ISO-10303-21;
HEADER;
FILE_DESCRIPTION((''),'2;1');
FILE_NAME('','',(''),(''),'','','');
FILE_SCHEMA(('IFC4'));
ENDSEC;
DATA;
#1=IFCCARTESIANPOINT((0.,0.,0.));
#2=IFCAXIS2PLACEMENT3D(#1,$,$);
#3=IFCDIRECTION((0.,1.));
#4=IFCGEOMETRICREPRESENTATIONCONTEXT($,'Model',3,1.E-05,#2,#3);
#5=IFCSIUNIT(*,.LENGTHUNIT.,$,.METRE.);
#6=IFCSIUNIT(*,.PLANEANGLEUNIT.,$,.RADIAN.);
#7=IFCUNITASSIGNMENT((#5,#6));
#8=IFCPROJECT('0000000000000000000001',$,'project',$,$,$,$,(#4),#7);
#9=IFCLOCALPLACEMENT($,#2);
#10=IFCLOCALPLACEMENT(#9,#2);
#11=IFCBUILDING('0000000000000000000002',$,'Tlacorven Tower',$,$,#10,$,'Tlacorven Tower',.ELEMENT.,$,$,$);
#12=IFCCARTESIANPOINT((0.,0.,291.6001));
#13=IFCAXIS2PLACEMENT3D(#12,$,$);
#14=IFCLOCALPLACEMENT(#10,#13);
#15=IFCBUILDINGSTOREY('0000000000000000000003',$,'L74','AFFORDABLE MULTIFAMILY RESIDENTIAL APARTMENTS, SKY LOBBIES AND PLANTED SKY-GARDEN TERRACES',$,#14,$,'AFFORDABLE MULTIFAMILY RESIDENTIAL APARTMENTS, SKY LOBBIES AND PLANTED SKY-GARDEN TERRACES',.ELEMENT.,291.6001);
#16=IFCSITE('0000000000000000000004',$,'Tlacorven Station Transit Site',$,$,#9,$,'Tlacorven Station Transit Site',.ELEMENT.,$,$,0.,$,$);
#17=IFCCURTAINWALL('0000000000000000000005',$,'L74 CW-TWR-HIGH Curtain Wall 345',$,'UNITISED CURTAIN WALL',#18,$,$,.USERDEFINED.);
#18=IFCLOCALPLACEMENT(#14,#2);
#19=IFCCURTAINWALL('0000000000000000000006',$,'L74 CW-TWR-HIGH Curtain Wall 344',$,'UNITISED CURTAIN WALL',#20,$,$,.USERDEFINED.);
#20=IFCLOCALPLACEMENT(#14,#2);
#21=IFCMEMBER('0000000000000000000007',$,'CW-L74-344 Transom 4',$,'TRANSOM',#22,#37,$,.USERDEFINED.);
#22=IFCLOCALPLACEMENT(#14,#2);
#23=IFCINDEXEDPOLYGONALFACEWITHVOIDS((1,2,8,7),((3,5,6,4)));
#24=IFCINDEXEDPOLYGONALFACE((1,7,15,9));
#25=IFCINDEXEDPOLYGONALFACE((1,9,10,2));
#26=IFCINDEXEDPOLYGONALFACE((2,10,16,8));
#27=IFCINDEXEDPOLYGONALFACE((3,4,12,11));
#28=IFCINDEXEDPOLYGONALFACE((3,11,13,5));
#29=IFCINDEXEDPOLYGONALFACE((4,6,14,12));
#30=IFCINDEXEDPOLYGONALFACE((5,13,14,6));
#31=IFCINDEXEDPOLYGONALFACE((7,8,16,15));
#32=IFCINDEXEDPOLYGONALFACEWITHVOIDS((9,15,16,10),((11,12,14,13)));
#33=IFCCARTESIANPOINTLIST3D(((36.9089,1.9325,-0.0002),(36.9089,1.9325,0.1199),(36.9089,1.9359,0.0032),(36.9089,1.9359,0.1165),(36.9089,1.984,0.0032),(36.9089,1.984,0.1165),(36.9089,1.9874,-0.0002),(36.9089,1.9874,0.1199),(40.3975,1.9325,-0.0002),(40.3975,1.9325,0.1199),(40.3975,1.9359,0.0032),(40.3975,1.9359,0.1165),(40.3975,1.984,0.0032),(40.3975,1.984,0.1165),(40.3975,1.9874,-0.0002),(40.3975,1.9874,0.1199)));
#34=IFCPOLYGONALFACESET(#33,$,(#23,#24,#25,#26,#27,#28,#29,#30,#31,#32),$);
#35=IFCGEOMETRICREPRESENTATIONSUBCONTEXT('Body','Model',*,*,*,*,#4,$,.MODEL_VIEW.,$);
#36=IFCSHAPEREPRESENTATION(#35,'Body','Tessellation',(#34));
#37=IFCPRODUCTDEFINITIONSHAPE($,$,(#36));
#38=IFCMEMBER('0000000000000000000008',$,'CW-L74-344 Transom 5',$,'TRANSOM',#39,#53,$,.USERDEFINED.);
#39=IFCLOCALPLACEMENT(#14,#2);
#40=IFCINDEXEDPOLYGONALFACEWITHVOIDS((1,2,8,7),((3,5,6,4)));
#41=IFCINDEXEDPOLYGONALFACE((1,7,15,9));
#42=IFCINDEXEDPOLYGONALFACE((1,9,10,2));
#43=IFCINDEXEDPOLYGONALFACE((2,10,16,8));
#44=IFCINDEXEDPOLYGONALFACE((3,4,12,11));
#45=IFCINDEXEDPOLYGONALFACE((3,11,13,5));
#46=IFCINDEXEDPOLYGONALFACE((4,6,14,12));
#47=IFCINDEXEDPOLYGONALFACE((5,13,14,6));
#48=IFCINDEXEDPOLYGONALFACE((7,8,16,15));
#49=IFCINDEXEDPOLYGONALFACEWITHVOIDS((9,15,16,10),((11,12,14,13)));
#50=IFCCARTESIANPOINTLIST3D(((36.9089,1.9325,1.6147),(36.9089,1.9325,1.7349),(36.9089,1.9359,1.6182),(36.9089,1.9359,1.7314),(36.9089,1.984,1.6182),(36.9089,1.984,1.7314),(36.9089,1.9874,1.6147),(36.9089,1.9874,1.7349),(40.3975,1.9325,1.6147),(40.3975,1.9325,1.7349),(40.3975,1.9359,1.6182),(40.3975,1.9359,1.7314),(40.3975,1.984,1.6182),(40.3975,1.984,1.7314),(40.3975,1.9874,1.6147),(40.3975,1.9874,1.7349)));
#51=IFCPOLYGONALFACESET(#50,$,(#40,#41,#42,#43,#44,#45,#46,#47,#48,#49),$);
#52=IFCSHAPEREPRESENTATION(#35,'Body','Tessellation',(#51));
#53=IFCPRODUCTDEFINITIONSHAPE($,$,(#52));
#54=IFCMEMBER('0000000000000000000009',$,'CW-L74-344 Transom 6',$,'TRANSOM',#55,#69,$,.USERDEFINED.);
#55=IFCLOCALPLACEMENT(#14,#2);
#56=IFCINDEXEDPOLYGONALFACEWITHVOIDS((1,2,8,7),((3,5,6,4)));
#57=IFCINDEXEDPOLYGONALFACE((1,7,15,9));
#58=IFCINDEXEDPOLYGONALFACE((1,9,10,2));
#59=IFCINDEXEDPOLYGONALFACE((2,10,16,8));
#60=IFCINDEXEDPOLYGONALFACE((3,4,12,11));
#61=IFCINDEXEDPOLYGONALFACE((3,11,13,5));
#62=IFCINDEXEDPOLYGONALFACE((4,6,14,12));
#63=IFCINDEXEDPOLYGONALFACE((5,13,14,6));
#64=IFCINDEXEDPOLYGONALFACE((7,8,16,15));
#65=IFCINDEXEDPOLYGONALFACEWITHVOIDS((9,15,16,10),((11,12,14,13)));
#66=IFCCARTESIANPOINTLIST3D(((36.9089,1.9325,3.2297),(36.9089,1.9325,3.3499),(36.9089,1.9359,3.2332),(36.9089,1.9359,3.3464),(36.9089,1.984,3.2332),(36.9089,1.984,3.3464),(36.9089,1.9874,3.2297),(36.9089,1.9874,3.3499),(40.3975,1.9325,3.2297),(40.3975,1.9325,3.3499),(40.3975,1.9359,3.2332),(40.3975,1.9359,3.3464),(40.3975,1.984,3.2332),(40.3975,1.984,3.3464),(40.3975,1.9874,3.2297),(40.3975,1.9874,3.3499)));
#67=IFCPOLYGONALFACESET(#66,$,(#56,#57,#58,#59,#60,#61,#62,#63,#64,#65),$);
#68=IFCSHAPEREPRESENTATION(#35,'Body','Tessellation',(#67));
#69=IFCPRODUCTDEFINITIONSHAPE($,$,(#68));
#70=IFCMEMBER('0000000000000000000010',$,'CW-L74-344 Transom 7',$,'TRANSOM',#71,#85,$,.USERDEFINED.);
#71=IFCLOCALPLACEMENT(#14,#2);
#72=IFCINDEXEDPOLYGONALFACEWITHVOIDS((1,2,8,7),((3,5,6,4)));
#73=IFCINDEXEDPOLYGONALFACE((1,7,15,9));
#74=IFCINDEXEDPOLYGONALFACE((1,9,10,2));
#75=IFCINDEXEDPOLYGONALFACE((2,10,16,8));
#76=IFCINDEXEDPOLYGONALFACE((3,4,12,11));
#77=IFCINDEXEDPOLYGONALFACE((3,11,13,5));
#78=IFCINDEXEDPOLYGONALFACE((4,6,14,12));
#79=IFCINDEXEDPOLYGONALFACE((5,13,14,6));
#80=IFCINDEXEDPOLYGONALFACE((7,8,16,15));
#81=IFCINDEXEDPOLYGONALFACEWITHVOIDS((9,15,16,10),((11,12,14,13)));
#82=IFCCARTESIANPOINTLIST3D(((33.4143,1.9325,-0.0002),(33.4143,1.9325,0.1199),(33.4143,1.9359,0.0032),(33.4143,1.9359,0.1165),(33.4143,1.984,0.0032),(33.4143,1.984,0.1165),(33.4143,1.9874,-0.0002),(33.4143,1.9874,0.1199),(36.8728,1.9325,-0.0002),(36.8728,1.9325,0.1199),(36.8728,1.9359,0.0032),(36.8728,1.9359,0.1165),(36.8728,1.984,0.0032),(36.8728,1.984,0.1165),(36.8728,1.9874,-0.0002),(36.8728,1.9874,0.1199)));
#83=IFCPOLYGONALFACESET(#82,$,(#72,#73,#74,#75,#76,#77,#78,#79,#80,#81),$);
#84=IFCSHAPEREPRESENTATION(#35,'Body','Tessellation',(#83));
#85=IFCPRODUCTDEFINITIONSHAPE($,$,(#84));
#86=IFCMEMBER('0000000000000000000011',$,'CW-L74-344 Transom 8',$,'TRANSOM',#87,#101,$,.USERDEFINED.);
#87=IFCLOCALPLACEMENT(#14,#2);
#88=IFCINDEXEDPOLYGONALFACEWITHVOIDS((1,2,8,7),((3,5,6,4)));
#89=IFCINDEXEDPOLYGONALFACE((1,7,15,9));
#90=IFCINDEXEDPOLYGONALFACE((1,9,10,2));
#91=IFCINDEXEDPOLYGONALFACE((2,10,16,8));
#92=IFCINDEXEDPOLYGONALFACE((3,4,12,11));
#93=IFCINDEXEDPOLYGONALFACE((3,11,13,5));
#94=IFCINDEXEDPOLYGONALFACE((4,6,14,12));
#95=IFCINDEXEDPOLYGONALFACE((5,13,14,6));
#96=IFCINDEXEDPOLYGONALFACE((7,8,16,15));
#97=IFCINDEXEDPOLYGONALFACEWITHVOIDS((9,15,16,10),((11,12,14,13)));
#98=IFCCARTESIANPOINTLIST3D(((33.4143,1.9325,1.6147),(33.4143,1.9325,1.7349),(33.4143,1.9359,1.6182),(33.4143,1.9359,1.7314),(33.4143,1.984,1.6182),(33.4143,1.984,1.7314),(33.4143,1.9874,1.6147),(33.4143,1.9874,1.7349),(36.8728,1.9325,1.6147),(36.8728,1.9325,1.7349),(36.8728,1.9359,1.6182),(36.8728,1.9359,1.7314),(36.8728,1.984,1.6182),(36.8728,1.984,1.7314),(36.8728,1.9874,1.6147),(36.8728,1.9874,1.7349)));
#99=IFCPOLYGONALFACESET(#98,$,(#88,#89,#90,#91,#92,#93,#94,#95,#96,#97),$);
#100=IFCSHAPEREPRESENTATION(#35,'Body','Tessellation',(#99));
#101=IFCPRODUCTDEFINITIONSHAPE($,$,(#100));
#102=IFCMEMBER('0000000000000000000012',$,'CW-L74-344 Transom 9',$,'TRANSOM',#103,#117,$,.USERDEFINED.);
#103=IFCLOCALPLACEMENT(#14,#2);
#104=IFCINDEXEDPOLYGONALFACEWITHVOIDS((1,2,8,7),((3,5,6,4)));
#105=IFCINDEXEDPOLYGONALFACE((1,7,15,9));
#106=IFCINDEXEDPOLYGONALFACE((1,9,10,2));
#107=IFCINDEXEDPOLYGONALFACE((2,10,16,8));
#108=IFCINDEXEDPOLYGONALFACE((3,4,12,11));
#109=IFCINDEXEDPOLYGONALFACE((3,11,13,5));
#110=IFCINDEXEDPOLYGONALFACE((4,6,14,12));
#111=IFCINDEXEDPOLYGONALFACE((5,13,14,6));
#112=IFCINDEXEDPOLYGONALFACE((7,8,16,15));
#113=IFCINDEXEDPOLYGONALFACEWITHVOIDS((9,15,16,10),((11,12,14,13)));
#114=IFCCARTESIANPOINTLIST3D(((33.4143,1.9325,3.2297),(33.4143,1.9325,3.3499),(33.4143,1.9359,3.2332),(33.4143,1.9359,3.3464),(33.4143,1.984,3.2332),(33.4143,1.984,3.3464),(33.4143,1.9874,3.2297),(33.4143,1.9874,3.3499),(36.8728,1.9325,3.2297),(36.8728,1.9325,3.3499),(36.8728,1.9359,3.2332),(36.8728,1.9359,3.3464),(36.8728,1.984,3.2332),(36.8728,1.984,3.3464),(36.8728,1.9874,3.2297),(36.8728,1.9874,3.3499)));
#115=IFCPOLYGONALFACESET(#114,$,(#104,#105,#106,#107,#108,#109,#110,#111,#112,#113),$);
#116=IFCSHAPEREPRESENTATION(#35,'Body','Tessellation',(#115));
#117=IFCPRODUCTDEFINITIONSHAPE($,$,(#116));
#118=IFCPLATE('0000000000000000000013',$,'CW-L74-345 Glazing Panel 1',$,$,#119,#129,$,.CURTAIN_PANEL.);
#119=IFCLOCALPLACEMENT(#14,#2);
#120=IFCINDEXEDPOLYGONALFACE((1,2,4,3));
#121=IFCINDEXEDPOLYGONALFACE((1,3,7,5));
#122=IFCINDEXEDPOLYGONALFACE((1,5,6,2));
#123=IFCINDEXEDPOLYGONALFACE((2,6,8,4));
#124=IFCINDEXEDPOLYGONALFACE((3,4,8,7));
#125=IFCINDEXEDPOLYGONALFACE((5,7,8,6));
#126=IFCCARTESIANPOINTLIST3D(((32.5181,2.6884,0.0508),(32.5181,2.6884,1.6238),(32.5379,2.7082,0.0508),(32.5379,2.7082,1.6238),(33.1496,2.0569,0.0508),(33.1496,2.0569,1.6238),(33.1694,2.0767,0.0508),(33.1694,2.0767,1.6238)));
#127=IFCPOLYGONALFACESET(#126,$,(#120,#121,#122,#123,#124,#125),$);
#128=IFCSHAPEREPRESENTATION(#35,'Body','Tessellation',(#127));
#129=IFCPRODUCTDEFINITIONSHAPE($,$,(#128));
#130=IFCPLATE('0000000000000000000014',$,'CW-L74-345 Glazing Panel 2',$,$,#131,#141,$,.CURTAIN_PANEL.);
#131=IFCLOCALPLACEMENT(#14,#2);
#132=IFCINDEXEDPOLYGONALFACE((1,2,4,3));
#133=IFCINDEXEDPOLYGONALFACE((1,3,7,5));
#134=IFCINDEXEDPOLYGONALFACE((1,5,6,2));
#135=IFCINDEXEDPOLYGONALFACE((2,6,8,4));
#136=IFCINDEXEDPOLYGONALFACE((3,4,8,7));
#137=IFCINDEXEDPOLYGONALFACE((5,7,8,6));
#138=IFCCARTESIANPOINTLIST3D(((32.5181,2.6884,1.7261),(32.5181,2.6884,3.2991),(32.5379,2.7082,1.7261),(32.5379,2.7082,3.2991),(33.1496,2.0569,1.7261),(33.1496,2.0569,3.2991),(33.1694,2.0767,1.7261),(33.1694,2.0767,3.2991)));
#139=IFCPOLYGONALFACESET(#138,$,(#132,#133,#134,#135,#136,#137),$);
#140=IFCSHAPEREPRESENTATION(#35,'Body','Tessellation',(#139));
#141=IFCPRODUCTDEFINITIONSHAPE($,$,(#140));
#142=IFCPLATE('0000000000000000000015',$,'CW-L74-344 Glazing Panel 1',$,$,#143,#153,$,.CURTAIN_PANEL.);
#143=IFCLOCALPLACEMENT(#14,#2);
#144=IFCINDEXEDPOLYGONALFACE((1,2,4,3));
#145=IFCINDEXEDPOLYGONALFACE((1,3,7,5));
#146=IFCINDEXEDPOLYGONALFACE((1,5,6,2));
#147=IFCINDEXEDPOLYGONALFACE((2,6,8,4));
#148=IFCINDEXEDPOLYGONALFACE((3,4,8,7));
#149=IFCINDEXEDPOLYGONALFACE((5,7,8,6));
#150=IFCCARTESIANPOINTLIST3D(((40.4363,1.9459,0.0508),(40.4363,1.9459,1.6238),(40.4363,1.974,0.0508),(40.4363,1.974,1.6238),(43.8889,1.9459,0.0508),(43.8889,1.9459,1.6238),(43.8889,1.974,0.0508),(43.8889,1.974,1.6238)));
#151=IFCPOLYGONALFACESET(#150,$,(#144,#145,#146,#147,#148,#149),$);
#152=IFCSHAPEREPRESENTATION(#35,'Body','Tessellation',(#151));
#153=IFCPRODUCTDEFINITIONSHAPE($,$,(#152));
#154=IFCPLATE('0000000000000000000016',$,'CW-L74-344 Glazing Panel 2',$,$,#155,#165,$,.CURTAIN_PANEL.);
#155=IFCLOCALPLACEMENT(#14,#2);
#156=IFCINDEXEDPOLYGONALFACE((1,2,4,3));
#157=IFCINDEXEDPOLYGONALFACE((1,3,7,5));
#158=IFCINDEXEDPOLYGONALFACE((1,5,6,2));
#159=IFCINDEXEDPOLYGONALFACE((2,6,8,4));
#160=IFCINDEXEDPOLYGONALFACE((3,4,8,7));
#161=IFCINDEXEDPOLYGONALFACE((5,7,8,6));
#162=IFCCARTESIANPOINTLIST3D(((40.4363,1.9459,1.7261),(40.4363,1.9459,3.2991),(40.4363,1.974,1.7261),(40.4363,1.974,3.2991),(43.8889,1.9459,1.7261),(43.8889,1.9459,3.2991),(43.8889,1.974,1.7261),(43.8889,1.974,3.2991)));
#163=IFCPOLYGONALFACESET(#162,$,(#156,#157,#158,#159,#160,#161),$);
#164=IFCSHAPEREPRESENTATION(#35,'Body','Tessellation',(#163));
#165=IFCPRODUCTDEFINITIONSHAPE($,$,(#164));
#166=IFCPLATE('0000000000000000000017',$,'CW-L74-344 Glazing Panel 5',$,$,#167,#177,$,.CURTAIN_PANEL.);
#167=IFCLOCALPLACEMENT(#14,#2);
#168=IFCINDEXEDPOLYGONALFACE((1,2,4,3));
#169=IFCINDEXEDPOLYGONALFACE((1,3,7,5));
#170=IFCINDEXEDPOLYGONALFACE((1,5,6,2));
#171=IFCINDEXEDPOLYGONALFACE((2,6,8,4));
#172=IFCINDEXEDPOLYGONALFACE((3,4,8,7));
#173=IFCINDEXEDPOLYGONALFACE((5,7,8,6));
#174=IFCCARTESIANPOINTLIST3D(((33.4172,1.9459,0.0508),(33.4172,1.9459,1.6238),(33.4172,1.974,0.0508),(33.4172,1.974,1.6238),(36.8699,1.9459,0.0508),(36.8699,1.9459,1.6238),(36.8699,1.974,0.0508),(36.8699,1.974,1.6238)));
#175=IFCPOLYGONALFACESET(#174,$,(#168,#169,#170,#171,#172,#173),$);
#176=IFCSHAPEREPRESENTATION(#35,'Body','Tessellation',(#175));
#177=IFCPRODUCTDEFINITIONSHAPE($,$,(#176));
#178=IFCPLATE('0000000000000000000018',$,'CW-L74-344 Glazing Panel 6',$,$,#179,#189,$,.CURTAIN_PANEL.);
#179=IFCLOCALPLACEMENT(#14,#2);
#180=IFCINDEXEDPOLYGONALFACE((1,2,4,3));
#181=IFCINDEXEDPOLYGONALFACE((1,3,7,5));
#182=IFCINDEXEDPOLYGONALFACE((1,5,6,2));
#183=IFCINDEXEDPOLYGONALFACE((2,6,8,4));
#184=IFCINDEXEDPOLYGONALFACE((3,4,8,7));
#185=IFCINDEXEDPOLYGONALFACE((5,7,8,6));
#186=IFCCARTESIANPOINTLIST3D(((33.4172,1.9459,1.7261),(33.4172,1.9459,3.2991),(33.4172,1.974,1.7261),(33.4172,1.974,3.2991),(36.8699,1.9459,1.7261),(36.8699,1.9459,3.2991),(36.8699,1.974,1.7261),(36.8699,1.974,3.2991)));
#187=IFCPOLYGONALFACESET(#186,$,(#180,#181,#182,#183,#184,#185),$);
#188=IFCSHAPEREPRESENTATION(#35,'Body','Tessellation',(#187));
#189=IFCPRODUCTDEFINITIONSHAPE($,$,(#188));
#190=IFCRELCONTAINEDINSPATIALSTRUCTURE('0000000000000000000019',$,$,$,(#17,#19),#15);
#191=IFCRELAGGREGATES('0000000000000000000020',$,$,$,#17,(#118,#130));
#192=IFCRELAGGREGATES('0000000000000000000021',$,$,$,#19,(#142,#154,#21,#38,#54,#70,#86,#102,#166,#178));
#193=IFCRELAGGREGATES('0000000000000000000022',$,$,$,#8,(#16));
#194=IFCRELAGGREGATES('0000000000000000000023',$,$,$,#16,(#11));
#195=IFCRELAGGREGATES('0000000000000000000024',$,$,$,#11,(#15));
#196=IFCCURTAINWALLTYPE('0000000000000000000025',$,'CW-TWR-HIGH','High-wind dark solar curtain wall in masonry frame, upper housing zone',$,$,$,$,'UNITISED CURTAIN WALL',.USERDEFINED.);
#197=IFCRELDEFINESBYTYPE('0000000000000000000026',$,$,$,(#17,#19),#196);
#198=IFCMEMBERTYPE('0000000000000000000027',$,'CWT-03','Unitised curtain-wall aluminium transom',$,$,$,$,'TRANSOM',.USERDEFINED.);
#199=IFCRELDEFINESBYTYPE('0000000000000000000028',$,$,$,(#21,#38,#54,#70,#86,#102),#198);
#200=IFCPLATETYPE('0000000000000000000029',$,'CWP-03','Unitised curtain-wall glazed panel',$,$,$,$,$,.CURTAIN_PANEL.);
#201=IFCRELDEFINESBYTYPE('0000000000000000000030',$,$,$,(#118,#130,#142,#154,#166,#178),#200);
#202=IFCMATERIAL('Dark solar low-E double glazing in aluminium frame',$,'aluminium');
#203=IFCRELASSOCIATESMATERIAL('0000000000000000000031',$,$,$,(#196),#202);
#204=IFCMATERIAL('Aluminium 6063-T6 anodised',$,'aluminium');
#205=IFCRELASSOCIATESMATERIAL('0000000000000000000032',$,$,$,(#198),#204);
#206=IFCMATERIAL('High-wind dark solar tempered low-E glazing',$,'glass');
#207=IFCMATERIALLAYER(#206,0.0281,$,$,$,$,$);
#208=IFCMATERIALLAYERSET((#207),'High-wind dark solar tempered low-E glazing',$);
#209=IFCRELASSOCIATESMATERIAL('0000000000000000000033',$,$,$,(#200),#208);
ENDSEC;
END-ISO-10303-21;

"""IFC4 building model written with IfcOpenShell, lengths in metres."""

from ifc_helpers import new_model, si_unit, direction, frame, origin, origin_2d, place, context, subcontext, project, spatial, rectangle, hollow_rectangle, extrude, source, transform, mapped, material, layer, layer_set, material_profile, profile_set, type_object, element, aggregate, save


model = new_model("IFC4")

# Units and contexts
model_context = context("Model", 3, precision=1e-05, world=origin(), true_north=direction((0.0, 1.0)))
body_context = subcontext(model_context, "Body", "Model", "MODEL_VIEW")
ifc_project = project(units=[si_unit("LENGTHUNIT", "METRE"), si_unit("PLANEANGLEUNIT", "RADIAN")], contexts=[model_context])

# Site, building, storey
site_placement = place(None, origin())
site = spatial("IfcSite", under=ifc_project, at=site_placement, Name="Tlacorven Station Transit Site", LongName="Tlacorven Station Transit Site", CompositionType="ELEMENT", RefElevation=0.0)
building_placement = place(site_placement, origin())
building = spatial("IfcBuilding", under=site, at=building_placement, Name="Tlacorven Tower", LongName="Tlacorven Tower", CompositionType="ELEMENT")
storey_placement = place(building_placement, frame((0.0, 0.0, 291.6001)))
storey = spatial("IfcBuildingStorey", under=building, at=storey_placement, Name="L74", Description="AFFORDABLE MULTIFAMILY RESIDENTIAL APARTMENTS, SKY LOBBIES AND PLANTED SKY-GARDEN TERRACES", LongName="AFFORDABLE MULTIFAMILY RESIDENTIAL APARTMENTS, SKY LOBBIES AND PLANTED SKY-GARDEN TERRACES", CompositionType="ELEMENT", Elevation=291.6001)

# Curtain walls
ifc_material_1 = material(Name="Dark solar low-E double glazing in aluminium frame", Category="aluminium")
curtain_wall_type = type_object("IfcCurtainWallType", Name="CW-TWR-HIGH", Description="High-wind dark solar curtain wall in masonry frame, upper housing zone", ElementType="UNITISED CURTAIN WALL", PredefinedType="USERDEFINED", material=ifc_material_1)
curtain_wall_1_placement = place(storey_placement, origin())
curtain_wall_1 = element("IfcCurtainWall", 1, at=curtain_wall_1_placement, inside=storey, type_object=curtain_wall_type, Name="L74 CW-TWR-HIGH Curtain Wall 345", ObjectType="UNITISED CURTAIN WALL", PredefinedType="USERDEFINED")
ifc_material_2 = material(Name="Aluminium 6063-T6 anodised", Category="aluminium")
ifc_material_profile_1 = material_profile(ifc_material_2, hollow_rectangle(XDim=0.0549, YDim=0.1201, WallThickness=0.0034, at=origin_2d()), Name="ALU TRANSOM 55X120")
ifc_profile_set_1 = profile_set([ifc_material_profile_1], Name="Aluminium 6063-T6 anodised")
member_type_1 = type_object("IfcMemberType", Name="CWT-03", Description="Unitised curtain-wall aluminium transom", ElementType="TRANSOM", PredefinedType="USERDEFINED", material=ifc_profile_set_1)
curtain_wall_2_placement = place(storey_placement, origin())
curtain_wall_2 = element("IfcCurtainWall", 2, at=curtain_wall_2_placement, inside=storey, type_object=curtain_wall_type, Name="L74 CW-TWR-HIGH Curtain Wall 344", ObjectType="UNITISED CURTAIN WALL", PredefinedType="USERDEFINED")

# Members
shared_shape_1 = source(origin(), body_context, "Body", "SweptSolid", [
    extrude(hollow_rectangle(XDim=0.0549, YDim=0.1201, WallThickness=0.0034, at=origin_2d()), origin(), (0.0, 0.0, 1.0), 3.4885),
])
member_1_placement = place(storey_placement, frame((40.3975, 1.96, 0.0598), z_axis=(-1.0, 0.0, 0.0), x_axis=(0.0, -1.0, 0.0)))
member_1 = element("IfcMember", 3, at=member_1_placement, type_object=member_type_1, Name="CW-L74-344 Transom 4", ObjectType="TRANSOM", PredefinedType="USERDEFINED", context=body_context, shape_type="MappedRepresentation", body=[
    mapped(shared_shape_1, transform((0.0, 0.0, 0.0), scale=1.0)),
])
member_2_placement = place(storey_placement, frame((40.3975, 1.96, 1.6748), z_axis=(-1.0, 0.0, 0.0), x_axis=(0.0, -1.0, 0.0)))
member_2 = element("IfcMember", 4, at=member_2_placement, type_object=member_type_1, Name="CW-L74-344 Transom 5", ObjectType="TRANSOM", PredefinedType="USERDEFINED", context=body_context, shape_type="MappedRepresentation", body=[
    mapped(shared_shape_1, transform((0.0, 0.0, 0.0), scale=1.0)),
])
member_3_placement = place(storey_placement, frame((40.3975, 1.96, 3.2898), z_axis=(-1.0, 0.0, 0.0), x_axis=(0.0, -1.0, 0.0)))
member_3 = element("IfcMember", 5, at=member_3_placement, type_object=member_type_1, Name="CW-L74-344 Transom 6", ObjectType="TRANSOM", PredefinedType="USERDEFINED", context=body_context, shape_type="MappedRepresentation", body=[
    mapped(shared_shape_1, transform((0.0, 0.0, 0.0), scale=1.0)),
])
shared_shape_2 = source(origin(), body_context, "Body", "SweptSolid", [
    extrude(hollow_rectangle(XDim=0.0549, YDim=0.1201, WallThickness=0.0034, at=origin_2d()), origin(), (0.0, 0.0, 1.0), 3.4585),
])
member_4_placement = place(storey_placement, frame((36.8728, 1.96, 0.0598), z_axis=(-1.0, 0.0, 0.0), x_axis=(0.0, -1.0, 0.0)))
member_4 = element("IfcMember", 6, at=member_4_placement, type_object=member_type_1, Name="CW-L74-344 Transom 7", ObjectType="TRANSOM", PredefinedType="USERDEFINED", context=body_context, shape_type="MappedRepresentation", body=[
    mapped(shared_shape_2, transform((0.0, 0.0, 0.0), scale=1.0)),
])
member_5_placement = place(storey_placement, frame((36.8728, 1.96, 1.6748), z_axis=(-1.0, 0.0, 0.0), x_axis=(0.0, -1.0, 0.0)))
member_5 = element("IfcMember", 7, at=member_5_placement, type_object=member_type_1, Name="CW-L74-344 Transom 8", ObjectType="TRANSOM", PredefinedType="USERDEFINED", context=body_context, shape_type="MappedRepresentation", body=[
    mapped(shared_shape_2, transform((0.0, 0.0, 0.0), scale=1.0)),
])
member_6_placement = place(storey_placement, frame((36.8728, 1.96, 3.2898), z_axis=(-1.0, 0.0, 0.0), x_axis=(0.0, -1.0, 0.0)))
member_6 = element("IfcMember", 8, at=member_6_placement, type_object=member_type_1, Name="CW-L74-344 Transom 9", ObjectType="TRANSOM", PredefinedType="USERDEFINED", context=body_context, shape_type="MappedRepresentation", body=[
    mapped(shared_shape_2, transform((0.0, 0.0, 0.0), scale=1.0)),
])

# Plates
ifc_material_3 = material(Name="High-wind dark solar tempered low-E glazing", Category="glass")
ifc_layer_1 = layer(ifc_material_3, 0.0281)
ifc_layer_set_1 = layer_set([ifc_layer_1], Name="High-wind dark solar tempered low-E glazing")
plate_type = type_object("IfcPlateType", Name="CWP-03", Description="Unitised curtain-wall glazed panel", PredefinedType="CURTAIN_PANEL", material=ifc_layer_set_1)
shared_shape_3 = source(origin(), body_context, "Body", "SweptSolid", [
    extrude(rectangle(XDim=0.8931, YDim=0.0281, at=origin_2d()), origin(), (0.0, 0.0, 1.0), 1.573),
])
plate_1_placement = place(storey_placement, frame((32.8438, 2.3826, 0.0508), z_axis=(0.0, 0.0, 1.0), x_axis=(-0.707107, 0.707107, 0.0)))
plate_1 = element("IfcPlate", 9, at=plate_1_placement, type_object=plate_type, Name="CW-L74-345 Glazing Panel 1", PredefinedType="CURTAIN_PANEL", context=body_context, shape_type="MappedRepresentation", body=[
    mapped(shared_shape_3, transform((0.0, 0.0, 0.0), scale=1.0)),
])
plate_2_placement = place(storey_placement, frame((32.8438, 2.3826, 1.7261), z_axis=(0.0, 0.0, 1.0), x_axis=(-0.707107, 0.707107, 0.0)))
plate_2 = element("IfcPlate", 10, at=plate_2_placement, type_object=plate_type, Name="CW-L74-345 Glazing Panel 2", PredefinedType="CURTAIN_PANEL", context=body_context, shape_type="MappedRepresentation", body=[
    mapped(shared_shape_3, transform((0.0, 0.0, 0.0), scale=1.0)),
])
aggregate(curtain_wall_1, [plate_1, plate_2])
shared_shape_4 = source(origin(), body_context, "Body", "SweptSolid", [
    extrude(rectangle(XDim=3.4526, YDim=0.0281, at=origin_2d()), origin(), (0.0, 0.0, 1.0), 1.573),
])
plate_3_placement = place(storey_placement, frame((42.1626, 1.96, 0.0508), z_axis=(0.0, 0.0, 1.0), x_axis=(-1.0, 0.0, 0.0)))
plate_3 = element("IfcPlate", 11, at=plate_3_placement, type_object=plate_type, Name="CW-L74-344 Glazing Panel 1", PredefinedType="CURTAIN_PANEL", context=body_context, shape_type="MappedRepresentation", body=[
    mapped(shared_shape_4, transform((0.0, 0.0, 0.0), scale=1.0)),
])
plate_4_placement = place(storey_placement, frame((42.1626, 1.96, 1.7261), z_axis=(0.0, 0.0, 1.0), x_axis=(-1.0, 0.0, 0.0)))
plate_4 = element("IfcPlate", 12, at=plate_4_placement, type_object=plate_type, Name="CW-L74-344 Glazing Panel 2", PredefinedType="CURTAIN_PANEL", context=body_context, shape_type="MappedRepresentation", body=[
    mapped(shared_shape_4, transform((0.0, 0.0, 0.0), scale=1.0)),
])
plate_5_placement = place(storey_placement, frame((35.1436, 1.96, 0.0508), z_axis=(0.0, 0.0, 1.0), x_axis=(-1.0, 0.0, 0.0)))
plate_5 = element("IfcPlate", 13, at=plate_5_placement, type_object=plate_type, Name="CW-L74-344 Glazing Panel 5", PredefinedType="CURTAIN_PANEL", context=body_context, shape_type="MappedRepresentation", body=[
    mapped(shared_shape_4, transform((0.0, 0.0, 0.0), scale=1.0)),
])
plate_6_placement = place(storey_placement, frame((35.1436, 1.96, 1.7261), z_axis=(0.0, 0.0, 1.0), x_axis=(-1.0, 0.0, 0.0)))
plate_6 = element("IfcPlate", 14, at=plate_6_placement, type_object=plate_type, Name="CW-L74-344 Glazing Panel 6", PredefinedType="CURTAIN_PANEL", context=body_context, shape_type="MappedRepresentation", body=[
    mapped(shared_shape_4, transform((0.0, 0.0, 0.0), scale=1.0)),
])
aggregate(curtain_wall_2, [plate_3, plate_4, member_1, member_2, member_3, member_4, member_5, member_6, plate_5, plate_6])

save(model, "model.ifc")
